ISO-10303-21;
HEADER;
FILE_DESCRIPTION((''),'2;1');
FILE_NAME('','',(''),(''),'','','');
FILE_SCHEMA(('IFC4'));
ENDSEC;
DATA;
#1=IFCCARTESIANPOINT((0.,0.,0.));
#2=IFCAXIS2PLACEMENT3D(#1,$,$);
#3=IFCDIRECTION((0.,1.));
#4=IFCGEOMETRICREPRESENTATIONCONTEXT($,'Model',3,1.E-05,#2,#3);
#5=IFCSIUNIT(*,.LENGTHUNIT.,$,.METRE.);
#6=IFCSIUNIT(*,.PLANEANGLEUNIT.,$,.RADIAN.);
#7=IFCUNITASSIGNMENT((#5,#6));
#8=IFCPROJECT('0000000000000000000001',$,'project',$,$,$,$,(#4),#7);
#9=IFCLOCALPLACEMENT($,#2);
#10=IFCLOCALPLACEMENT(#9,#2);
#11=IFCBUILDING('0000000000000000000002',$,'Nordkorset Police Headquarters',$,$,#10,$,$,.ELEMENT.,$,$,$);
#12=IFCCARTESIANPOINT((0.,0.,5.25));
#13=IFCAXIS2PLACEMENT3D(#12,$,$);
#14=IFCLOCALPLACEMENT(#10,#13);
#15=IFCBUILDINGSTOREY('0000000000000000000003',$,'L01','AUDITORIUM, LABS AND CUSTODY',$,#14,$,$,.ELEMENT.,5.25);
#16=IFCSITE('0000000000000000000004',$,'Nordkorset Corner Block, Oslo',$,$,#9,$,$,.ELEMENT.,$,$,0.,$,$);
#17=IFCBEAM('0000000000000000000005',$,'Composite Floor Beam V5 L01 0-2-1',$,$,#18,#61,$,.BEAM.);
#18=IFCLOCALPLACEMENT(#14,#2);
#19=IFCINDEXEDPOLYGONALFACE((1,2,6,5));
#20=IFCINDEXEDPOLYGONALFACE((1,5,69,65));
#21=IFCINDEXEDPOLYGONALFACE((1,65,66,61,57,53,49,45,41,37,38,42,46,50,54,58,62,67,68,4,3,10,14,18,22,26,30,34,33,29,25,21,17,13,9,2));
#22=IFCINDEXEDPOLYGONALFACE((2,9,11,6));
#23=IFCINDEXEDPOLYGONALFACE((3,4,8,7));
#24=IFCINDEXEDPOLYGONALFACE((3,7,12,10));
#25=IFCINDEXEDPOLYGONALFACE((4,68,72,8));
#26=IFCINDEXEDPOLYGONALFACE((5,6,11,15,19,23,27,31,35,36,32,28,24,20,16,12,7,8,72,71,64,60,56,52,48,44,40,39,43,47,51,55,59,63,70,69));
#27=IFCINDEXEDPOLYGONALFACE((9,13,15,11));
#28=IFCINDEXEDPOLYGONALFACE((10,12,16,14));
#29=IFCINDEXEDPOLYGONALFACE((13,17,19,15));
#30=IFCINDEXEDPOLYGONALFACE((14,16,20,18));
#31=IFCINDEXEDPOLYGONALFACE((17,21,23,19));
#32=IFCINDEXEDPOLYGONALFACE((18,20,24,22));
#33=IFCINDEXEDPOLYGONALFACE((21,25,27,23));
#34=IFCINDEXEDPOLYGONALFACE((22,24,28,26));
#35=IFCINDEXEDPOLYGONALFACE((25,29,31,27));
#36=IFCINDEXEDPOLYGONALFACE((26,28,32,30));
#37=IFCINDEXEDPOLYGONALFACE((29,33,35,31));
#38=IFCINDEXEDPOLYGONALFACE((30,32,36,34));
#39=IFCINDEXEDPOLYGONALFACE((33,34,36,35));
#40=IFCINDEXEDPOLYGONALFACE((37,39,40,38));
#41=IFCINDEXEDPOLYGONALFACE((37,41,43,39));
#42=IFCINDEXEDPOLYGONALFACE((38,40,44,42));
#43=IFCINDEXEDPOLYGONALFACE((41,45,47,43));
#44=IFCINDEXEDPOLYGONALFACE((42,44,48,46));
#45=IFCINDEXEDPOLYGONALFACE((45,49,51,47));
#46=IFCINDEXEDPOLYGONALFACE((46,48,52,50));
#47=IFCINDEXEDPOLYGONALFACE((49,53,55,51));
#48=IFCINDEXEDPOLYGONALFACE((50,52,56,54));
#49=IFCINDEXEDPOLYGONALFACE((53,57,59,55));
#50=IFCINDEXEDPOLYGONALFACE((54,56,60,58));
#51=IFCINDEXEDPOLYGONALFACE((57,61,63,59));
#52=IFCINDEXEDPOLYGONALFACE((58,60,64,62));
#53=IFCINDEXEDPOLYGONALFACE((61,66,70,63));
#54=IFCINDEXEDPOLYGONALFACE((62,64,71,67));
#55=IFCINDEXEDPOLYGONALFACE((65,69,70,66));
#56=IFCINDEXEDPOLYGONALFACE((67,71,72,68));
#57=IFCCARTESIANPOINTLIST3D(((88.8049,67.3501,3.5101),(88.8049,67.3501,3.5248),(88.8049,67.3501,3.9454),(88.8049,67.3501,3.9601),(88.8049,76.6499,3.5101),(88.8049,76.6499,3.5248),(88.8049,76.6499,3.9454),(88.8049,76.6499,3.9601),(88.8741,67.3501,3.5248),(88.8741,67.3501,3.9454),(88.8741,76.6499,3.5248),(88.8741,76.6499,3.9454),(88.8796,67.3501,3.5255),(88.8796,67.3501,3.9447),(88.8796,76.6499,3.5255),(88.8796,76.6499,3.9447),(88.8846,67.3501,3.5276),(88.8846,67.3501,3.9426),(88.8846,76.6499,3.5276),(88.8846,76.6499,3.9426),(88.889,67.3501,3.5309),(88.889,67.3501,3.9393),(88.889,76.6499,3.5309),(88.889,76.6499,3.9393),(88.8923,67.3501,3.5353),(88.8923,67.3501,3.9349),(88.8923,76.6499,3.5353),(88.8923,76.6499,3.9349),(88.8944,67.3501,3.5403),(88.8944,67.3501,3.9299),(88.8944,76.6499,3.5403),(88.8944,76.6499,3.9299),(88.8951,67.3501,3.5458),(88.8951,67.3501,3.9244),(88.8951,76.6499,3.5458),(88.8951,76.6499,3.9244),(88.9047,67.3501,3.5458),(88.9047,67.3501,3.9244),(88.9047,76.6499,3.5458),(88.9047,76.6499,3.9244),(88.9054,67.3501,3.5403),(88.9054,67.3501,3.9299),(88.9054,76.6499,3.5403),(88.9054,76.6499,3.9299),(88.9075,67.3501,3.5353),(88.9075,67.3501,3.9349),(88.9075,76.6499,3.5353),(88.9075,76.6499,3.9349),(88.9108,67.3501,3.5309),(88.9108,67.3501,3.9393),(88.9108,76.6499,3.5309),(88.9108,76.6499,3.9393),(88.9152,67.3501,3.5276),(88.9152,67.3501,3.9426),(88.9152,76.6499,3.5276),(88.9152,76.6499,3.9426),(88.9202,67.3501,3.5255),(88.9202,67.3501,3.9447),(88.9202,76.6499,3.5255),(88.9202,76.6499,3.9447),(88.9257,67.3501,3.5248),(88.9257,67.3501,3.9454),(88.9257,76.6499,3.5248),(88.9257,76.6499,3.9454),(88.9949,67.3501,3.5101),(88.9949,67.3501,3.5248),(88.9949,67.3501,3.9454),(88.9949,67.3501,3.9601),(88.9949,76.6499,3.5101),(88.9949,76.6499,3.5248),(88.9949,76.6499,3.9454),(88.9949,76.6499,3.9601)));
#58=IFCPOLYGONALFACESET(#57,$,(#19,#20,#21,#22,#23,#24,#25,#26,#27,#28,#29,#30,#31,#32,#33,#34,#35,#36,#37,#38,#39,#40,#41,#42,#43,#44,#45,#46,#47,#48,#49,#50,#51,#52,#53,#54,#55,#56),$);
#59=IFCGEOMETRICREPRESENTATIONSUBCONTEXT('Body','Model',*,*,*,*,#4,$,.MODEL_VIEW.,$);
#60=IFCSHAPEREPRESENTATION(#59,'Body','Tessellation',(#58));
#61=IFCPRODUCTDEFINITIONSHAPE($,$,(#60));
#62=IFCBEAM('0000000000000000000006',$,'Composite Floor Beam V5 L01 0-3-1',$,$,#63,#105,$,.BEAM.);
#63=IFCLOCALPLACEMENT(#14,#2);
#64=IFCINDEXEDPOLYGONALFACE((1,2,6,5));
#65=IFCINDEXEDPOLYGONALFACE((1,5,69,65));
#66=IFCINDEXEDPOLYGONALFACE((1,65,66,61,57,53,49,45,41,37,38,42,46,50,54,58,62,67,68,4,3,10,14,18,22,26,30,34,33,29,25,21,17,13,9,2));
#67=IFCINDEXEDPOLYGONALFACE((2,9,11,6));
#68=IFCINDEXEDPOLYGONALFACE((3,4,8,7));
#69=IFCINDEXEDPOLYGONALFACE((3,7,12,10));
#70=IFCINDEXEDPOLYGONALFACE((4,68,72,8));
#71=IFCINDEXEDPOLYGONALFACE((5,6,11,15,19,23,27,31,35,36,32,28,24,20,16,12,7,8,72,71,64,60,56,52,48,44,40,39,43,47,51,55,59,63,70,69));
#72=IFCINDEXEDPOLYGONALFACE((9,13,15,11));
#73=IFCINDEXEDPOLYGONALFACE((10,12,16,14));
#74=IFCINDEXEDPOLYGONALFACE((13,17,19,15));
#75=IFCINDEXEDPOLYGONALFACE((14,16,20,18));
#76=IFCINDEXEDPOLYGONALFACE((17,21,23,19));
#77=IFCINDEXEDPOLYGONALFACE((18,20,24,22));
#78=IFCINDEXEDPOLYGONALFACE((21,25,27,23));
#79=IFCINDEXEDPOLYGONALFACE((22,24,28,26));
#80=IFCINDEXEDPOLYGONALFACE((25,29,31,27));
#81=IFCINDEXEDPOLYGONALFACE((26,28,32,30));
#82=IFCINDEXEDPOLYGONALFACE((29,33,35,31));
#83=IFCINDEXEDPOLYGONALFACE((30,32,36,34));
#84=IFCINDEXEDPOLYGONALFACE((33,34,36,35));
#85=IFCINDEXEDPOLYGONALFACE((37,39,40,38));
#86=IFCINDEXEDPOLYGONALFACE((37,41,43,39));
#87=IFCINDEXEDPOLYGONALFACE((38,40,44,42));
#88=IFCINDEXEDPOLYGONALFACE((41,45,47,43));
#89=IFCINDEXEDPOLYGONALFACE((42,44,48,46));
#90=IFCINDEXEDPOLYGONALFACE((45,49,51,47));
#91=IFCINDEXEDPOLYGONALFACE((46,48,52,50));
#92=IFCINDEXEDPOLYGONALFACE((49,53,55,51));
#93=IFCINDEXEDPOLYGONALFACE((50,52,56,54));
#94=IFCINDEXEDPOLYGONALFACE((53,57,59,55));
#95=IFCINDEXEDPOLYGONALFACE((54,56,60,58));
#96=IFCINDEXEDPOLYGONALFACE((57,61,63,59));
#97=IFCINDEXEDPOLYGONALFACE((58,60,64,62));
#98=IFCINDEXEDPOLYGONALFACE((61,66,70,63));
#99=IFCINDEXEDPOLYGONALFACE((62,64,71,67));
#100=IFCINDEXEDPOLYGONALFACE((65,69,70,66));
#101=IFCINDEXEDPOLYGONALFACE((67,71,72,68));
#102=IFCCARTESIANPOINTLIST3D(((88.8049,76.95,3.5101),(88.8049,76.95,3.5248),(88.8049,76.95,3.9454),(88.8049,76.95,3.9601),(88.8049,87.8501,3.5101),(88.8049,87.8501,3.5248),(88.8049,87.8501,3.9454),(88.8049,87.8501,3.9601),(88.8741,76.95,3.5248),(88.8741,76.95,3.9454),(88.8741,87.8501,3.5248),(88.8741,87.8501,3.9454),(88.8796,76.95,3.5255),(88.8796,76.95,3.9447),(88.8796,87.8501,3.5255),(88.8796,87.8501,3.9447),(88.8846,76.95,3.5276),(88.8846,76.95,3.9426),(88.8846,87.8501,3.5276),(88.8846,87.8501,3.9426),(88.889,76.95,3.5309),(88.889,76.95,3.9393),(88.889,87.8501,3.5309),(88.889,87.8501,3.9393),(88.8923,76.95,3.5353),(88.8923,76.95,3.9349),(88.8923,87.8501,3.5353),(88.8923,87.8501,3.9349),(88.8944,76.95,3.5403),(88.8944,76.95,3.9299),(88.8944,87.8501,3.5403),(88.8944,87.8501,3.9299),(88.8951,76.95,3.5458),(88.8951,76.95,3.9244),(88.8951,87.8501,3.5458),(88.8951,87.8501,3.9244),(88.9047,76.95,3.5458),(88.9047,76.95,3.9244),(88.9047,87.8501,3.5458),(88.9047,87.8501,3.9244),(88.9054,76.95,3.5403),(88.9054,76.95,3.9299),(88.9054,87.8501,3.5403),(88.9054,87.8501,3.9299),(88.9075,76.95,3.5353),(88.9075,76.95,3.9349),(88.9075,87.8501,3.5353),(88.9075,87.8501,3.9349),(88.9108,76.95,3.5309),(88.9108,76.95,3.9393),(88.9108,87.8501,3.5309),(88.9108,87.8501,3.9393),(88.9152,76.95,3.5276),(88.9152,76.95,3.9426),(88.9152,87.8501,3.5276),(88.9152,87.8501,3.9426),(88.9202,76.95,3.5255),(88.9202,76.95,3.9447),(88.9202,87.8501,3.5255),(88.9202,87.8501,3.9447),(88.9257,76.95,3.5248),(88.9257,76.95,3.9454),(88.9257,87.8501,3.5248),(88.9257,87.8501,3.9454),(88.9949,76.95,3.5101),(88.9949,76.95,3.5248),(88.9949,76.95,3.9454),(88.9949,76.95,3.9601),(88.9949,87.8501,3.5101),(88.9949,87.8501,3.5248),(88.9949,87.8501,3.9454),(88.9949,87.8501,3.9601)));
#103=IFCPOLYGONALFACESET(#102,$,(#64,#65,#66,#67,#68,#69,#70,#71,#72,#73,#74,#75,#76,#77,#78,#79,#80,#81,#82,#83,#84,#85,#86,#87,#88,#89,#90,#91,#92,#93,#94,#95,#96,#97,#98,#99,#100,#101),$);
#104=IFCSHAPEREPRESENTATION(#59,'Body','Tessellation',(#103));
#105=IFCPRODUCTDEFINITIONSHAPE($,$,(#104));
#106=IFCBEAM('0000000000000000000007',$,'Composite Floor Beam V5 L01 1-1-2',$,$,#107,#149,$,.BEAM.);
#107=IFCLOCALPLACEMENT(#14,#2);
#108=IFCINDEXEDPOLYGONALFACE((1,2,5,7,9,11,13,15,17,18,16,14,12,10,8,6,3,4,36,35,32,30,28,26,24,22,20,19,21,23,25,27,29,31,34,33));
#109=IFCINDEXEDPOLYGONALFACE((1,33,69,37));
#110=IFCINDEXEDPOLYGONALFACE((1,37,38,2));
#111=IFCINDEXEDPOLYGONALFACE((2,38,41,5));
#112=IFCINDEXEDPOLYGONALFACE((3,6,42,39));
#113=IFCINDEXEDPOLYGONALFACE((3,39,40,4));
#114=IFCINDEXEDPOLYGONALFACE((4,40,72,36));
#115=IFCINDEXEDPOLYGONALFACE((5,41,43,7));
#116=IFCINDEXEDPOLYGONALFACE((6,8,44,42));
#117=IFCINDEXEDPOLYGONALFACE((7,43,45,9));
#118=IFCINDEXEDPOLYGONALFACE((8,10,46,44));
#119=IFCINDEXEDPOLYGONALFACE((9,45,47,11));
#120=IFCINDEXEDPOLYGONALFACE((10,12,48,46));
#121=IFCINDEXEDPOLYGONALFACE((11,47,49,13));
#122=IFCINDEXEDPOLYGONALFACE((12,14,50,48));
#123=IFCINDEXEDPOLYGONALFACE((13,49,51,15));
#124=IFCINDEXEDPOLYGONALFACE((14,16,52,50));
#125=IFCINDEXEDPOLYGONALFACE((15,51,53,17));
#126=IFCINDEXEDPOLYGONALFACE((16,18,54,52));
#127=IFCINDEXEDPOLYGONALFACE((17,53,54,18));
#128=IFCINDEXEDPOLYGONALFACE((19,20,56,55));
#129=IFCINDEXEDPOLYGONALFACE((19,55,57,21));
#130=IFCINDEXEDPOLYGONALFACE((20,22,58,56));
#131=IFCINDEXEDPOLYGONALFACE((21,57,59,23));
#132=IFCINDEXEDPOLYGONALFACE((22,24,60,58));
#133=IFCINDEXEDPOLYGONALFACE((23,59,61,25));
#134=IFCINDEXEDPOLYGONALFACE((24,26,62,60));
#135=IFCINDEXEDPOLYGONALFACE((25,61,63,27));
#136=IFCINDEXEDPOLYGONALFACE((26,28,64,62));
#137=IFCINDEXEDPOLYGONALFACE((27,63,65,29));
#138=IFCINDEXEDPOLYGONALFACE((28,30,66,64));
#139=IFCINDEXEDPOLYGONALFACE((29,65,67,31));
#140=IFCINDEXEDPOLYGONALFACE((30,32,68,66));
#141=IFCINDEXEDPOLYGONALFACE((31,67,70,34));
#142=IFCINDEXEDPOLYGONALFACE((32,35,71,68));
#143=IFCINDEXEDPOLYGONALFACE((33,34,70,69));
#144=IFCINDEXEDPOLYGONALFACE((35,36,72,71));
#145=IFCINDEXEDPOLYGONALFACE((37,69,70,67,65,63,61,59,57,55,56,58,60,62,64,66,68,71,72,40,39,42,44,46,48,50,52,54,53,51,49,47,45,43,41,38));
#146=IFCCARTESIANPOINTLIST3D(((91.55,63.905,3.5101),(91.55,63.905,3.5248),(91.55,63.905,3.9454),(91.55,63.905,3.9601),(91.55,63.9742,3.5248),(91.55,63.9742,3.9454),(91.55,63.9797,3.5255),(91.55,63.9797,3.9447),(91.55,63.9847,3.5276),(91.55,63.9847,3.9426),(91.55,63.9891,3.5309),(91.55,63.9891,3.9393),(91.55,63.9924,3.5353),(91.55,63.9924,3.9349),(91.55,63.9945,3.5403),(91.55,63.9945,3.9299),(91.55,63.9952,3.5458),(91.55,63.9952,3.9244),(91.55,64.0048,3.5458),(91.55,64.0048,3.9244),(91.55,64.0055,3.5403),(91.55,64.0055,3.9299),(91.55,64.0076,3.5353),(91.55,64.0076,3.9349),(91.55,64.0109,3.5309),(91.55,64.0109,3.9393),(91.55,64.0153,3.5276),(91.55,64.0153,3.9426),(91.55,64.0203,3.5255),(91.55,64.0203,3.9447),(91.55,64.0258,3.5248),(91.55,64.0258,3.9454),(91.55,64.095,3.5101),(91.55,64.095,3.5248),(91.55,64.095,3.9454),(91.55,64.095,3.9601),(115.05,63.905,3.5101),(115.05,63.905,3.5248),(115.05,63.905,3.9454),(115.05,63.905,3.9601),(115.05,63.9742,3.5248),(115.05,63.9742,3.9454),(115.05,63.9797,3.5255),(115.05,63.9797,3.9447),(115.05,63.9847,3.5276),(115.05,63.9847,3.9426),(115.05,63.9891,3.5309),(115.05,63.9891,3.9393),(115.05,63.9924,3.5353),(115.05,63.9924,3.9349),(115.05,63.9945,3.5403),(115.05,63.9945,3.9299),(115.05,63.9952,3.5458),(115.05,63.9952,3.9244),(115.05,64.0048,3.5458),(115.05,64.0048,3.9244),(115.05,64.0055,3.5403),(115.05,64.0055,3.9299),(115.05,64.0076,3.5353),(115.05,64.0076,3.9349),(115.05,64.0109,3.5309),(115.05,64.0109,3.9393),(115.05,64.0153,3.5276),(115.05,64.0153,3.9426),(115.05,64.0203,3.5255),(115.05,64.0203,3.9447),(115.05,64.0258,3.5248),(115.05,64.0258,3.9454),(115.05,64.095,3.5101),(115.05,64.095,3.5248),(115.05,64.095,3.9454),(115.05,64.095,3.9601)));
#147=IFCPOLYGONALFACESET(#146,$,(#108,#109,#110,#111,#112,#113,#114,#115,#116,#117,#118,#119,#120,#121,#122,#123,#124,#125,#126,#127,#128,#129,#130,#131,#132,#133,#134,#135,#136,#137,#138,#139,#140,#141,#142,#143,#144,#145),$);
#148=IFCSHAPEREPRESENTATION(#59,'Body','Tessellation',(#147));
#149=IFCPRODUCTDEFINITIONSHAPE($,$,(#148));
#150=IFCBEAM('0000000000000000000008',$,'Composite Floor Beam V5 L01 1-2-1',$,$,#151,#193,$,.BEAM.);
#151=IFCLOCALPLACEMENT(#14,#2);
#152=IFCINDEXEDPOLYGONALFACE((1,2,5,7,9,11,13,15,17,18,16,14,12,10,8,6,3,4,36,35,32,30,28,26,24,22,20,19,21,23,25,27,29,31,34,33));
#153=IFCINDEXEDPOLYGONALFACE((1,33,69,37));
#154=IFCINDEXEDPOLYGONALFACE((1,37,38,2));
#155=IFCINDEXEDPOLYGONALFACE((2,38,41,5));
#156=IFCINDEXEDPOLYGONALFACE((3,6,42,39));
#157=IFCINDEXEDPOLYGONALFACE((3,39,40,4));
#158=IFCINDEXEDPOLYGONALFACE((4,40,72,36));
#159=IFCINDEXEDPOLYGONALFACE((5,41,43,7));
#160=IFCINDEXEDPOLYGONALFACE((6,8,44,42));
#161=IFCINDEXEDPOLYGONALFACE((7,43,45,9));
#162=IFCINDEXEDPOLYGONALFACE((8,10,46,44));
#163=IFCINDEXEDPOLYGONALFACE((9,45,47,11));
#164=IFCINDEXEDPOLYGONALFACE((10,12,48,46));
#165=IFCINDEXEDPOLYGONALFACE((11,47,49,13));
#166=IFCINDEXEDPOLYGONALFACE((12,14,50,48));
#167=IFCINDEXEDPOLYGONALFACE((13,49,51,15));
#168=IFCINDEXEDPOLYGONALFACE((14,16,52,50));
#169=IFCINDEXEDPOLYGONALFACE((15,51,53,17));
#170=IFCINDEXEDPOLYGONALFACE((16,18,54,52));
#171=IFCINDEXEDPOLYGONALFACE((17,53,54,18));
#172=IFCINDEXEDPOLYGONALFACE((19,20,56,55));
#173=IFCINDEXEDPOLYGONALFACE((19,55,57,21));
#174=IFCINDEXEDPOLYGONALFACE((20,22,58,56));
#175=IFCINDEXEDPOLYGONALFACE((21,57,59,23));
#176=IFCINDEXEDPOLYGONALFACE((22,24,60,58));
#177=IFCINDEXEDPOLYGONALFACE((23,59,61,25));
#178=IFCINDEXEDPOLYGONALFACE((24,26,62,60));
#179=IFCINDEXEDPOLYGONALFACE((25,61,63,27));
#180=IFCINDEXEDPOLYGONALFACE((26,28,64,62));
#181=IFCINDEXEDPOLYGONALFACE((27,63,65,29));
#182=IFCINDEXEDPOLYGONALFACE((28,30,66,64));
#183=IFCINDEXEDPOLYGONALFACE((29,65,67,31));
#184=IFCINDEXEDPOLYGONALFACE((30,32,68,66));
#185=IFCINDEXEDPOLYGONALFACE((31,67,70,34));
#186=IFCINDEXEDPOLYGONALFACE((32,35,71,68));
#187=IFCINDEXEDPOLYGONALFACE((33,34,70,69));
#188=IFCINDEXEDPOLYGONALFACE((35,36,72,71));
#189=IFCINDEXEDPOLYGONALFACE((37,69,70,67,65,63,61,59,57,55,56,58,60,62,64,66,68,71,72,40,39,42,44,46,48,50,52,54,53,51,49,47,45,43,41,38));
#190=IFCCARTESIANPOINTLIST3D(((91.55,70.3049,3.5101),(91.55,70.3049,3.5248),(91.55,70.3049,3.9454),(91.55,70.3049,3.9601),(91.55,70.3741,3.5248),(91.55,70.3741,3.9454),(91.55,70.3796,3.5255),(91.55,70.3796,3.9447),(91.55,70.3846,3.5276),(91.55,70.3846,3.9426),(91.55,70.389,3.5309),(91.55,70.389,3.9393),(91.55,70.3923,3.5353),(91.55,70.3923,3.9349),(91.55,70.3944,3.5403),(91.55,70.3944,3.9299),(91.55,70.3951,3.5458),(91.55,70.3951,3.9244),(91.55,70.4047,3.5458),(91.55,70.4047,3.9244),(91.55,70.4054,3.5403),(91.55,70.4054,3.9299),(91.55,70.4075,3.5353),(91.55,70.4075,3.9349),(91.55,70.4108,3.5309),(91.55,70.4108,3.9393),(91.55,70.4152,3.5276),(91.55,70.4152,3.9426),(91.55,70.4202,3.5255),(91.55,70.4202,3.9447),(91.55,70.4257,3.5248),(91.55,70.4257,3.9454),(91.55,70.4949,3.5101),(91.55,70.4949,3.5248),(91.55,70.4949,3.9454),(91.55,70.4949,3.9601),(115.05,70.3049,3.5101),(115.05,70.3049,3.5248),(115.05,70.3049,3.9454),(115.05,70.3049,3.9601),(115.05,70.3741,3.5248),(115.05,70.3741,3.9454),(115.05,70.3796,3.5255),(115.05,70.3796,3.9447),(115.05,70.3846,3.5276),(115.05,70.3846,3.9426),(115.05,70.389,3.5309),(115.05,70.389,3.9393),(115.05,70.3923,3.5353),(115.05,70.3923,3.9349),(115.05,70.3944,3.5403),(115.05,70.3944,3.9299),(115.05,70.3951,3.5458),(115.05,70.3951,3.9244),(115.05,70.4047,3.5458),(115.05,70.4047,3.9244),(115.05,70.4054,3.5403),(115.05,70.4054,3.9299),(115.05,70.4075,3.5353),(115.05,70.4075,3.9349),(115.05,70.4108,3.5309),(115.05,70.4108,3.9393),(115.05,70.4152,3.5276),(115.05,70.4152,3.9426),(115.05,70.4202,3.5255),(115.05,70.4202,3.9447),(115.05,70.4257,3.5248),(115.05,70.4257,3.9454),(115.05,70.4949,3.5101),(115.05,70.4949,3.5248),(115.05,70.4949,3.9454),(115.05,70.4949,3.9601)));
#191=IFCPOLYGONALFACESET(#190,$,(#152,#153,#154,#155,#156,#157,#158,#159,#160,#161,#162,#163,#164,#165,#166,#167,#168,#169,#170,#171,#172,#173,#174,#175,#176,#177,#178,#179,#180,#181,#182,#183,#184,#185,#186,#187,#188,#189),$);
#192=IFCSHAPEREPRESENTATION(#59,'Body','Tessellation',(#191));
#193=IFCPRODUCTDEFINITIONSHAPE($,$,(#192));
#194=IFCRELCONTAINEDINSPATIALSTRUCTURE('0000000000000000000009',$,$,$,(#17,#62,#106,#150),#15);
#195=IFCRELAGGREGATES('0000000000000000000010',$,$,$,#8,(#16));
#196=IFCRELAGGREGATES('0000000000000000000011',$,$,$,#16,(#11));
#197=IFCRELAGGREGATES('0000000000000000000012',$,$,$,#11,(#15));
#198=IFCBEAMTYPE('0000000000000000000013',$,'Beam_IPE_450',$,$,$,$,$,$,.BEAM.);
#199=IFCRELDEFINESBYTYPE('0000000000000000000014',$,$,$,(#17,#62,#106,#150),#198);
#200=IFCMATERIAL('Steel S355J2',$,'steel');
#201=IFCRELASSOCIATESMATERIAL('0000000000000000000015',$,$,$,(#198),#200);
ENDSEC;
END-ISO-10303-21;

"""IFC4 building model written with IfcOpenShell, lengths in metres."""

from ifc_helpers import new_model, si_unit, direction, frame, origin, origin_2d, place, context, subcontext, project, spatial, i_section, extrude, material, material_profile, profile_set, type_object, element, save


model = new_model("IFC4")

# Units and contexts
model_context = context("Model", 3, precision=1e-05, world=origin(), true_north=direction((0.0, 1.0)))
body_context = subcontext(model_context, "Body", "Model", "MODEL_VIEW")
ifc_project = project(units=[si_unit("LENGTHUNIT", "METRE"), si_unit("PLANEANGLEUNIT", "RADIAN")], contexts=[model_context])

# Site, building, storey
site_placement = place(None, origin())
site = spatial("IfcSite", under=ifc_project, at=site_placement, Name="Nordkorset Corner Block, Oslo", CompositionType="ELEMENT", RefElevation=0.0)
building_placement = place(site_placement, origin())
building = spatial("IfcBuilding", under=site, at=building_placement, Name="Nordkorset Police Headquarters", CompositionType="ELEMENT")
storey_placement = place(building_placement, frame((0.0, 0.0, 5.25)))
storey = spatial("IfcBuildingStorey", under=building, at=storey_placement, Name="L01", Description="AUDITORIUM, LABS AND CUSTODY", CompositionType="ELEMENT", Elevation=5.25)

# Beams
ifc_material_1 = material(Name="Steel S355J2", Category="steel")
ifc_material_profile_1 = material_profile(ifc_material_1, i_section(OverallWidth=0.1899, OverallDepth=0.45, WebThickness=0.0095, FlangeThickness=0.0146, FilletRadius=0.021, at=origin_2d()), Name="IPE 450")
ifc_profile_set_1 = profile_set([ifc_material_profile_1], Name="Steel S355J2")
beam_type_1 = type_object("IfcBeamType", Name="Beam_IPE_450", PredefinedType="BEAM", material=ifc_profile_set_1)
beam_1_placement = place(storey_placement, frame((88.8999, 67.3501, 3.7351), z_axis=(0.0, 1.0, 0.0), x_axis=(-1.0, 0.0, 0.0)))
element("IfcBeam", 1, at=beam_1_placement, inside=storey, type_object=beam_type_1, Name="Composite Floor Beam V5 L01 0-2-1", PredefinedType="BEAM", context=body_context, shape_type="SweptSolid", body=[
    extrude(i_section(OverallWidth=0.1899, OverallDepth=0.45, WebThickness=0.0095, FlangeThickness=0.0146, FilletRadius=0.021, at=origin_2d()), origin(), (0.0, 0.0, 1.0), 9.2998),
])
beam_2_placement = place(storey_placement, frame((88.8999, 76.95, 3.7351), z_axis=(0.0, 1.0, 0.0), x_axis=(-1.0, 0.0, 0.0)))
element("IfcBeam", 2, at=beam_2_placement, inside=storey, type_object=beam_type_1, Name="Composite Floor Beam V5 L01 0-3-1", PredefinedType="BEAM", context=body_context, shape_type="SweptSolid", body=[
    extrude(i_section(OverallWidth=0.1899, OverallDepth=0.45, WebThickness=0.0095, FlangeThickness=0.0146, FilletRadius=0.021, at=origin_2d()), origin(), (0.0, 0.0, 1.0), 10.9001),
])
for number, where, z_axis, x_axis, name in (
    (3, (91.55, 64.0, 3.7351), (1.0, 0.0, 0.0), (0.0, 1.0, 0.0), "Composite Floor Beam V5 L01 1-1-2"),
    (4, (91.55, 70.3999, 3.7351), (1.0, 0.0, 0.0), (0.0, 1.0, 0.0), "Composite Floor Beam V5 L01 1-2-1"),
):
    element("IfcBeam", number, at=place(storey_placement, frame(where, z_axis=z_axis, x_axis=x_axis)), inside=storey, type_object=beam_type_1, Name=name, PredefinedType="BEAM", context=body_context, shape_type="SweptSolid", body=[
        extrude(i_section(OverallWidth=0.1899, OverallDepth=0.45, WebThickness=0.0095, FlangeThickness=0.0146, FilletRadius=0.021, at=origin_2d()), origin(), (0.0, 0.0, 1.0), 23.5),
    ])

save(model, "model.ifc")
